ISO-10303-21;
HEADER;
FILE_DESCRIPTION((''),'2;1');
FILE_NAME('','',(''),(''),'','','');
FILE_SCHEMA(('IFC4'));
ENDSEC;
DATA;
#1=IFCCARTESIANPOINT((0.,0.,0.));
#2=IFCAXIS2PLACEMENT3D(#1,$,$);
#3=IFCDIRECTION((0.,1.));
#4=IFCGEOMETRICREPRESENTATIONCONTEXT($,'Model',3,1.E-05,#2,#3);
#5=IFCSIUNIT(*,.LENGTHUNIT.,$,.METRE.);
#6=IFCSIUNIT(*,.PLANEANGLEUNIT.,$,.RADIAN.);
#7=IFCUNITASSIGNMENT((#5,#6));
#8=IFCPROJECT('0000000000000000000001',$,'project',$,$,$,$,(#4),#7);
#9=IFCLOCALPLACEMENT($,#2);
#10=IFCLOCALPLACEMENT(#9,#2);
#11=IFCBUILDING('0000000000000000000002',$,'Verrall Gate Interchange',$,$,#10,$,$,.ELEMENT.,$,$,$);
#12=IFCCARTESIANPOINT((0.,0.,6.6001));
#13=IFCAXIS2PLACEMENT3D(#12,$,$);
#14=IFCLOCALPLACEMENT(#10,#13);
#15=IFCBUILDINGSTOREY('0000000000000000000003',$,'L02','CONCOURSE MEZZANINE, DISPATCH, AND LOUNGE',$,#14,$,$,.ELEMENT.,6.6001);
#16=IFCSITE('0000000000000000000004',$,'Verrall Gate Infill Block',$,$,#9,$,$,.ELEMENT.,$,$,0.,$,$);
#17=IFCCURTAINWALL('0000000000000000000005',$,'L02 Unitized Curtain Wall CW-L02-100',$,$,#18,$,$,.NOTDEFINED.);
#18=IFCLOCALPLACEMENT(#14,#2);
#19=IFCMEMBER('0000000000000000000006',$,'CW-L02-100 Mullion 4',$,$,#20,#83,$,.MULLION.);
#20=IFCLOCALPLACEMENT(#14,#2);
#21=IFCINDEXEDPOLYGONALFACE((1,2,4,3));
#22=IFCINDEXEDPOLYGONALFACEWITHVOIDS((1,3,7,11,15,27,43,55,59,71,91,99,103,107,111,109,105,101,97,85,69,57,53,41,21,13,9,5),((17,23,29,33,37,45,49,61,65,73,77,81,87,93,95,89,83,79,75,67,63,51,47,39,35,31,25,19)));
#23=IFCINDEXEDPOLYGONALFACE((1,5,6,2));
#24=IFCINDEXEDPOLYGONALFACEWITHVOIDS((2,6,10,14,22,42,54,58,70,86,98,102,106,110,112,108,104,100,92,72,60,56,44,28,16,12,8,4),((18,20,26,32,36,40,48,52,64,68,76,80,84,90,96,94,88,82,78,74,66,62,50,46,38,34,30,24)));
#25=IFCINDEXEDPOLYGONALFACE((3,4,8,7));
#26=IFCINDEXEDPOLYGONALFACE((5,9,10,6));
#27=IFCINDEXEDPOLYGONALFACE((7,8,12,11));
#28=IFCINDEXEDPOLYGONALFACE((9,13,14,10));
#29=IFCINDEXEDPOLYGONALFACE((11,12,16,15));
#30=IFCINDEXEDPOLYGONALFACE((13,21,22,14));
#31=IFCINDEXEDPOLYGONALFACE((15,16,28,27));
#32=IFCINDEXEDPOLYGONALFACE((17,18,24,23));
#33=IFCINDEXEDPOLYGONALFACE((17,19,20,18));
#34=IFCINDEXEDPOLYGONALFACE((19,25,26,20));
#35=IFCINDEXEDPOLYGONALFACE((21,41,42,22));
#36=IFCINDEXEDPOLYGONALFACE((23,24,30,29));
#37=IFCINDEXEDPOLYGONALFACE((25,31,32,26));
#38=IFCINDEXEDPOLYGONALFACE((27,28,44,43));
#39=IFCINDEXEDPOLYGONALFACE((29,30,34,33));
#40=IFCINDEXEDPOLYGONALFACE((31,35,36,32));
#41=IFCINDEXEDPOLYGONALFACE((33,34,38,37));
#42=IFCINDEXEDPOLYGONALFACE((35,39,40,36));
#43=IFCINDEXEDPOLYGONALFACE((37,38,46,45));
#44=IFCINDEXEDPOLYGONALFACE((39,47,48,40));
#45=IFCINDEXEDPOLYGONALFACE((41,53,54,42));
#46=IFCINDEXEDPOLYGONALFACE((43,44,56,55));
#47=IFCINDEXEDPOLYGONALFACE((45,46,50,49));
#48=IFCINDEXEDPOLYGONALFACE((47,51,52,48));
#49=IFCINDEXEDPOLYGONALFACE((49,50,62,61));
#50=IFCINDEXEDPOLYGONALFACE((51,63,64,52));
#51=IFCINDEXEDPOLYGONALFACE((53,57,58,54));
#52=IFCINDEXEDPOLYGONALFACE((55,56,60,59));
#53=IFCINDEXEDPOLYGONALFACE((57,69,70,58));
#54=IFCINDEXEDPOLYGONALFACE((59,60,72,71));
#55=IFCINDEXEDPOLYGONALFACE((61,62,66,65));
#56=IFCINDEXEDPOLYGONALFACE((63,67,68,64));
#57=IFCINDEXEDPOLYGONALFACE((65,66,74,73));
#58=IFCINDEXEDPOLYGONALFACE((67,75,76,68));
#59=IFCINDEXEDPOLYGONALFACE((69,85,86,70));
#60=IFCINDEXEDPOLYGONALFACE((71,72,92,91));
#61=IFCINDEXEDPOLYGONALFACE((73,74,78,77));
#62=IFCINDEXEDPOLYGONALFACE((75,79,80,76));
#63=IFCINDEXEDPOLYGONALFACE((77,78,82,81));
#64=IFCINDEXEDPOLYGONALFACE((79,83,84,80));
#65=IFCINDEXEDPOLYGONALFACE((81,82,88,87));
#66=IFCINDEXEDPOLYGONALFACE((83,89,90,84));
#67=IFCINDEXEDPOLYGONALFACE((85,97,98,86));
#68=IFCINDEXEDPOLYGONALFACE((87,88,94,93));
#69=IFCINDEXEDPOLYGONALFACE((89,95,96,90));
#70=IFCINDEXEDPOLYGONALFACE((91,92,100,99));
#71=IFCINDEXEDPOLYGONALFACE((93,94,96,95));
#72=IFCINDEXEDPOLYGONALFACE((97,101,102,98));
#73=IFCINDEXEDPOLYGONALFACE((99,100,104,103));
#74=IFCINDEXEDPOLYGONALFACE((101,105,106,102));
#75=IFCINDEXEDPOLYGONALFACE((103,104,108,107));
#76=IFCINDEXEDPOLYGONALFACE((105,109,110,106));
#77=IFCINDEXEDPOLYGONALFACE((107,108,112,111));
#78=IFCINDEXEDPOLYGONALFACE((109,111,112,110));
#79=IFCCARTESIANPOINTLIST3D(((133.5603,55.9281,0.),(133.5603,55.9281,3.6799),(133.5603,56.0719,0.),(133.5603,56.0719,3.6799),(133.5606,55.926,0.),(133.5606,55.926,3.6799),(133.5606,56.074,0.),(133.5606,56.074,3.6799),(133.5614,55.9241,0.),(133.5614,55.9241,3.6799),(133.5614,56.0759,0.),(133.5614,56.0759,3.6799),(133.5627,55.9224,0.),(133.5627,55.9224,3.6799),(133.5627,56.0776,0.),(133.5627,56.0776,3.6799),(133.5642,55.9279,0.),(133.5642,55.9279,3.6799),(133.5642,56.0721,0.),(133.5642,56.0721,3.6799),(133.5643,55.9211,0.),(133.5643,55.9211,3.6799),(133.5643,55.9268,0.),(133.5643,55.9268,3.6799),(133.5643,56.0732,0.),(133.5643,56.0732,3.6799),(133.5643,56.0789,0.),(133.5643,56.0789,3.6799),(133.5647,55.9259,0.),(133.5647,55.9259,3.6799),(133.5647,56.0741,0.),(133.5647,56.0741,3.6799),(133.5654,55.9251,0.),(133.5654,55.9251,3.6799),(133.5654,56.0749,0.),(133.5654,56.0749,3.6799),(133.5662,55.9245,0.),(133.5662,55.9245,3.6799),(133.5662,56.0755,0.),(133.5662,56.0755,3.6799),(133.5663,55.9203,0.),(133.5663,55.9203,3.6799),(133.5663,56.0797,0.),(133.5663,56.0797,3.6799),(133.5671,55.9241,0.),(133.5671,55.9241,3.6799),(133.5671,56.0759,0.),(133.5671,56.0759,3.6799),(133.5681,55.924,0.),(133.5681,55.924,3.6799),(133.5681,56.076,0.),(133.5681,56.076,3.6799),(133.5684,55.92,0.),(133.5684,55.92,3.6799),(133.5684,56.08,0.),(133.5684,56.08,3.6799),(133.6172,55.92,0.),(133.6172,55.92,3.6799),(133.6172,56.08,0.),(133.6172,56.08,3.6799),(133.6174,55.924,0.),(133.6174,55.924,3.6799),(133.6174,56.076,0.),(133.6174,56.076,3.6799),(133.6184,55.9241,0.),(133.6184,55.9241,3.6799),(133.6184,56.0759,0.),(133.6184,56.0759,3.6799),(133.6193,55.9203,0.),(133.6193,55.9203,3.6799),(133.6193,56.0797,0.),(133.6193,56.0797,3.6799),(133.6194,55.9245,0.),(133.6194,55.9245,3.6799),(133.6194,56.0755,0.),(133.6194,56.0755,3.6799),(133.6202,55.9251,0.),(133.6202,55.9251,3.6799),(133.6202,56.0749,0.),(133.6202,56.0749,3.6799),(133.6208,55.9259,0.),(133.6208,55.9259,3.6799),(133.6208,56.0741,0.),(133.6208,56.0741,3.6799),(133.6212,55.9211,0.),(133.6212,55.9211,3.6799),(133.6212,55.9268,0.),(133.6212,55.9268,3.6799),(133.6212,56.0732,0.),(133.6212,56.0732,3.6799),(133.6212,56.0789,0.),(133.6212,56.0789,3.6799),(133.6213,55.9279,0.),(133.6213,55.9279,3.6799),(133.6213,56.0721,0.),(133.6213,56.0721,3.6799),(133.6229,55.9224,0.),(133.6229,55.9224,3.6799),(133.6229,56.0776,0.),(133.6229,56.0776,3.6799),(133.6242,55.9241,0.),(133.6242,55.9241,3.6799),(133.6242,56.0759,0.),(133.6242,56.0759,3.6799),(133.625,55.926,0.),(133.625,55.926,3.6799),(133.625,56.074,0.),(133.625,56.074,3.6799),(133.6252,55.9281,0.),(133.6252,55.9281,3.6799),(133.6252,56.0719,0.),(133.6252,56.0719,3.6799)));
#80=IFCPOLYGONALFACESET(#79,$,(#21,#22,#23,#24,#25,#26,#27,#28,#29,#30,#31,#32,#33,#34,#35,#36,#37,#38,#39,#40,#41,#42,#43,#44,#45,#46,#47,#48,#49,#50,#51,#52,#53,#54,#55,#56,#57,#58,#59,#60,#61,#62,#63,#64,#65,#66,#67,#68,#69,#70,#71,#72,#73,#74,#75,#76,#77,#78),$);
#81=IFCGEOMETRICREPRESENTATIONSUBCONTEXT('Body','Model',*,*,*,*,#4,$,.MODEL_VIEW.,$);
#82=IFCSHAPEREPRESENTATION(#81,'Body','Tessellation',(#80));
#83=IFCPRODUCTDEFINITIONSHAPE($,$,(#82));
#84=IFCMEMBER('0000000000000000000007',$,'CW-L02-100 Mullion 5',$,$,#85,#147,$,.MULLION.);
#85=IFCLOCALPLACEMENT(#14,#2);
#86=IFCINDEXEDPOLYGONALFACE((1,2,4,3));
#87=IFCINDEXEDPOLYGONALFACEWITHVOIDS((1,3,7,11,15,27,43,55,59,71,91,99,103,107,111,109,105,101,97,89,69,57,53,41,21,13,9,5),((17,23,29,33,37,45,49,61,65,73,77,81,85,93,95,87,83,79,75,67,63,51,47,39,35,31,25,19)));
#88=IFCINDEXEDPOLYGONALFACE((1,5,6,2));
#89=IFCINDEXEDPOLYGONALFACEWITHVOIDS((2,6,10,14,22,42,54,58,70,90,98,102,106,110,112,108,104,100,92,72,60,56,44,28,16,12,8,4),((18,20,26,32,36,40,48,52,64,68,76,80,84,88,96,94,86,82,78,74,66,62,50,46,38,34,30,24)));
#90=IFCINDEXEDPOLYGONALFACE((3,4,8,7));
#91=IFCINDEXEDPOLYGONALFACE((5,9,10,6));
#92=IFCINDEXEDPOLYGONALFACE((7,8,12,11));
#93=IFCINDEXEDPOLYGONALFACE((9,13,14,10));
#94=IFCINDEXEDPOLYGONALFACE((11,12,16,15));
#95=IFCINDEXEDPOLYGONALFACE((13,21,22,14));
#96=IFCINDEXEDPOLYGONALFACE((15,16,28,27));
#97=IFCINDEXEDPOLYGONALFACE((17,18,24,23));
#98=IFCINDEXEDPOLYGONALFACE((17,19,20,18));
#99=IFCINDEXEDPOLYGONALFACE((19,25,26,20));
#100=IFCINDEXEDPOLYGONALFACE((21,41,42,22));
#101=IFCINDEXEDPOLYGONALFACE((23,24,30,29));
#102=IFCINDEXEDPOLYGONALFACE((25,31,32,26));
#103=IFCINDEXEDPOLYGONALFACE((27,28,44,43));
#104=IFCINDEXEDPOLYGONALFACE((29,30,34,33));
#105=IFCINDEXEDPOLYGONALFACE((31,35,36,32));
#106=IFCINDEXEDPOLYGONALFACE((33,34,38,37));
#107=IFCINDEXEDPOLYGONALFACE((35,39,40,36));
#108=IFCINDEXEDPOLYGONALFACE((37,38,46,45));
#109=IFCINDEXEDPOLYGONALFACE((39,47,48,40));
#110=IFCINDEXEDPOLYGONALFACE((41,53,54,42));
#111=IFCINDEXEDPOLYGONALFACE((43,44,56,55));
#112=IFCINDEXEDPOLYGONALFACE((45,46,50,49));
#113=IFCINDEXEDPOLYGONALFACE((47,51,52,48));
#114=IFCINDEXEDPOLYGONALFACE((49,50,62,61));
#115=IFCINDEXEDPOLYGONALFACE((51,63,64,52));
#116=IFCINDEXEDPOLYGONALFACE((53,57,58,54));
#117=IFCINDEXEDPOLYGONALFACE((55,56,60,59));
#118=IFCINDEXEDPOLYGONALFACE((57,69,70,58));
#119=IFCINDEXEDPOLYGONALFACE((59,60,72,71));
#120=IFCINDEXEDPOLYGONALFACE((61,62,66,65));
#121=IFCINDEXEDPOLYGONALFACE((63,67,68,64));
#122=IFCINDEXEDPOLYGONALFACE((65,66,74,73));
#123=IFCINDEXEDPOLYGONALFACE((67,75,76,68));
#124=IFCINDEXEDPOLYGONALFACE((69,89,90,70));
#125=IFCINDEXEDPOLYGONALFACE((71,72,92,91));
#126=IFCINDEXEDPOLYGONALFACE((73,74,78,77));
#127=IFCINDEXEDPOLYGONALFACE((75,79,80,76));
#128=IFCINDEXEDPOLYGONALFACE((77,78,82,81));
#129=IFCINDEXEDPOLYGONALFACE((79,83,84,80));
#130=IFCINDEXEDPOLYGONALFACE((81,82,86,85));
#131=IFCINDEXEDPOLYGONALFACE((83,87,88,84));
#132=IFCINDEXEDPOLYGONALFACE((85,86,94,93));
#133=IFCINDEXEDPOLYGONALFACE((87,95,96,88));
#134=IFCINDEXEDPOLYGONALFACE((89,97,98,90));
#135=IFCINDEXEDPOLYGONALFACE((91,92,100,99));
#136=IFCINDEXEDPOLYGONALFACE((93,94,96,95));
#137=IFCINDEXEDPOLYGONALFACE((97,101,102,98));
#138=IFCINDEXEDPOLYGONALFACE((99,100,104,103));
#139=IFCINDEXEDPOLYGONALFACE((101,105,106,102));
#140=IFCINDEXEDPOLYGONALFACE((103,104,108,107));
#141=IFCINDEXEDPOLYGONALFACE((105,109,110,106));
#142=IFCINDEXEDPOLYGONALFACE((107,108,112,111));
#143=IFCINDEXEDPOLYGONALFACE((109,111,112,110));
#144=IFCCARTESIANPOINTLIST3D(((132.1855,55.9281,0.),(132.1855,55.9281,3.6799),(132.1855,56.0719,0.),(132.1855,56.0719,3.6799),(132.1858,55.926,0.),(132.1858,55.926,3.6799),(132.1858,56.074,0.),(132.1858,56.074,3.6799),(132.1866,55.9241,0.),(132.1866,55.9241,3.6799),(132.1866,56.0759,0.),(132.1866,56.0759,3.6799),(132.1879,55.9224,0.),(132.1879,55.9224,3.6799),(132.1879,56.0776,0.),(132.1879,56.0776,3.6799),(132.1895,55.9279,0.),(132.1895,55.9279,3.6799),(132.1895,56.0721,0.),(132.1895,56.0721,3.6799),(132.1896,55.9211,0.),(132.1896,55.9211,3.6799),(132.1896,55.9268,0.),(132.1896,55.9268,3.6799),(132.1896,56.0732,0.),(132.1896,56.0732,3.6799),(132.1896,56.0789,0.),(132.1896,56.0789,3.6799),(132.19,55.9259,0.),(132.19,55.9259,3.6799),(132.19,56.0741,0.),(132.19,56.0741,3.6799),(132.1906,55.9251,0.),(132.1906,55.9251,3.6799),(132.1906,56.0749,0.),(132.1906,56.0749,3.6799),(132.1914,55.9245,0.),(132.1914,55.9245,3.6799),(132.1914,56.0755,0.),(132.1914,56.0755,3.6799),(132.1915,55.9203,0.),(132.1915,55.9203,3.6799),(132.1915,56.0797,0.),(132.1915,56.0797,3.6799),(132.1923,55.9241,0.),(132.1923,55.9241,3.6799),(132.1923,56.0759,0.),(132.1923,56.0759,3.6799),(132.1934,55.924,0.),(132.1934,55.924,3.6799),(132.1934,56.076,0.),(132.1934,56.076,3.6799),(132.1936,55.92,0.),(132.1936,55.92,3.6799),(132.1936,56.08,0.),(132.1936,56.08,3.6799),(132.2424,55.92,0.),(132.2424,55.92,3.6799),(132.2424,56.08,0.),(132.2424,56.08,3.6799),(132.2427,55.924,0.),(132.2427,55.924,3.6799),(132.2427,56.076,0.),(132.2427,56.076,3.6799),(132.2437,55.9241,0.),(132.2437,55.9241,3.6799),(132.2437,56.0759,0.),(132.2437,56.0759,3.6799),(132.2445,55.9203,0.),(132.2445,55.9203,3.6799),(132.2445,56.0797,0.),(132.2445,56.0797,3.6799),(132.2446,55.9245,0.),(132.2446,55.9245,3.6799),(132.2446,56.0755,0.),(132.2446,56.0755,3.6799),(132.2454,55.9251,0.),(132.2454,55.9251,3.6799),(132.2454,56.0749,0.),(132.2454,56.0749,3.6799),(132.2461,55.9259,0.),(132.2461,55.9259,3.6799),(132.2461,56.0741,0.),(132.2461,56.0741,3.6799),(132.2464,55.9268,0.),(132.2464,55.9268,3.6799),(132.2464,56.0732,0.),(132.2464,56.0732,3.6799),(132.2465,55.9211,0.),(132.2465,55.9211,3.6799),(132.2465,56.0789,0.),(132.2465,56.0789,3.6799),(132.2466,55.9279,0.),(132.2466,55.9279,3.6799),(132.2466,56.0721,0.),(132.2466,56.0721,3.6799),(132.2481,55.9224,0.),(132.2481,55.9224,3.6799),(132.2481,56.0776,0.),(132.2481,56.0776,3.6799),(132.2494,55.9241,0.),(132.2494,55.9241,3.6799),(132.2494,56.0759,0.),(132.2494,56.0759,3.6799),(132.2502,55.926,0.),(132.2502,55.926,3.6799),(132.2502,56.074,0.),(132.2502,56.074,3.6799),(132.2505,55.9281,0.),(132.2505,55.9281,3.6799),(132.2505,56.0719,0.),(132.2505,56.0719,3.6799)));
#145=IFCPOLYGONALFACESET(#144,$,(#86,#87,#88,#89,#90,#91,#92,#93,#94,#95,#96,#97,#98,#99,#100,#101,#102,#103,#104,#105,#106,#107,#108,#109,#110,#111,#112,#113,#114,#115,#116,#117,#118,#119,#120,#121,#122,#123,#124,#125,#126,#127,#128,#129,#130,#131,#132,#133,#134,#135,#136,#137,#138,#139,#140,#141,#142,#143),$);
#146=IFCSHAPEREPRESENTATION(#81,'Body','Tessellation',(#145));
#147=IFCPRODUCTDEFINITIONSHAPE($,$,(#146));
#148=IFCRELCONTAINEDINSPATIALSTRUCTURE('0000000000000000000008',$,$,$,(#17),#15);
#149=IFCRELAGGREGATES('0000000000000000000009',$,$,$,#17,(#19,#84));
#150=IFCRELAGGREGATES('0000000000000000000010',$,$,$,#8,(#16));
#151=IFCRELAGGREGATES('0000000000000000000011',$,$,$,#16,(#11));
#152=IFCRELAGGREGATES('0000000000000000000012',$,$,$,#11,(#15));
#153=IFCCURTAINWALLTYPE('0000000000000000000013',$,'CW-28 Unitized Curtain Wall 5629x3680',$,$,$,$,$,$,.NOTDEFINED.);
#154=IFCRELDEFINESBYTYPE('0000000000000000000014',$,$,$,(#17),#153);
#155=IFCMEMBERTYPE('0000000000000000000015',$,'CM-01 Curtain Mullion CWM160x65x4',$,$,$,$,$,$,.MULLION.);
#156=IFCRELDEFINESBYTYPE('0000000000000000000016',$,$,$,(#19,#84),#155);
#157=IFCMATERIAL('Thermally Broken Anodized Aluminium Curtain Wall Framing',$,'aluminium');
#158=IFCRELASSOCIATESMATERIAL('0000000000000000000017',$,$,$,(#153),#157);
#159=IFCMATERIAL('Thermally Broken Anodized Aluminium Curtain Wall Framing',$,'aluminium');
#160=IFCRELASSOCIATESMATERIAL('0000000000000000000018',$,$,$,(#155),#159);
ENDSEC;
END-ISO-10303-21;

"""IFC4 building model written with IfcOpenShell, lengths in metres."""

from ifc_helpers import new_model, si_unit, direction, frame, origin, origin_2d, place, context, subcontext, project, spatial, hollow_rectangle, extrude, material, material_profile, profile_set, type_object, element, aggregate, save


model = new_model("IFC4")

# Units and contexts
model_context = context("Model", 3, precision=1e-05, world=origin(), true_north=direction((0.0, 1.0)))
body_context = subcontext(model_context, "Body", "Model", "MODEL_VIEW")
ifc_project = project(units=[si_unit("LENGTHUNIT", "METRE"), si_unit("PLANEANGLEUNIT", "RADIAN")], contexts=[model_context])

# Site, building, storey
site_placement = place(None, origin())
site = spatial("IfcSite", under=ifc_project, at=site_placement, Name="Verrall Gate Infill Block", CompositionType="ELEMENT", RefElevation=0.0)
building_placement = place(site_placement, origin())
building = spatial("IfcBuilding", under=site, at=building_placement, Name="Verrall Gate Interchange", CompositionType="ELEMENT")
storey_placement = place(building_placement, frame((0.0, 0.0, 6.6001)))
storey = spatial("IfcBuildingStorey", under=building, at=storey_placement, Name="L02", Description="CONCOURSE MEZZANINE, DISPATCH, AND LOUNGE", CompositionType="ELEMENT", Elevation=6.6001)

# Curtain wall, members
ifc_material_1 = material(Name="Thermally Broken Anodized Aluminium Curtain Wall Framing", Category="aluminium")
curtain_wall_type = type_object("IfcCurtainWallType", Name="CW-28 Unitized Curtain Wall 5629x3680", PredefinedType="NOTDEFINED", material=ifc_material_1)
curtain_wall_1_placement = place(storey_placement, origin())
curtain_wall_1 = element("IfcCurtainWall", 1, at=curtain_wall_1_placement, inside=storey, type_object=curtain_wall_type, Name="L02 Unitized Curtain Wall CW-L02-100", PredefinedType="NOTDEFINED")
ifc_material_2 = material(Name="Thermally Broken Anodized Aluminium Curtain Wall Framing", Category="aluminium")
ifc_material_profile_1 = material_profile(ifc_material_2, hollow_rectangle(XDim=0.0649, YDim=0.1599, WallThickness=0.0039, InnerFilletRadius=0.0039, OuterFilletRadius=0.0081, at=origin_2d()), Name="CWM160x65x4")
ifc_profile_set_1 = profile_set([ifc_material_profile_1], Name="Thermally Broken Anodized Aluminium Curtain Wall Framing")
member_type_1 = type_object("IfcMemberType", Name="CM-01 Curtain Mullion CWM160x65x4", PredefinedType="MULLION", material=ifc_profile_set_1)
member_1_placement = place(storey_placement, frame((133.5928, 56.0, 0.0), z_axis=(0.0, 0.0, 1.0), x_axis=(-1.0, 0.0, 0.0)))
member_1 = element("IfcMember", 2, at=member_1_placement, type_object=member_type_1, Name="CW-L02-100 Mullion 4", PredefinedType="MULLION", context=body_context, shape_type="SweptSolid", body=[
    extrude(hollow_rectangle(XDim=0.0649, YDim=0.1599, WallThickness=0.0039, InnerFilletRadius=0.0039, OuterFilletRadius=0.0081, at=origin_2d()), origin(), (0.0, 0.0, 1.0), 3.6799),
])
member_2_placement = place(storey_placement, frame((132.218, 56.0, 0.0), z_axis=(0.0, 0.0, 1.0), x_axis=(-1.0, 0.0, 0.0)))
member_2 = element("IfcMember", 3, at=member_2_placement, type_object=member_type_1, Name="CW-L02-100 Mullion 5", PredefinedType="MULLION", context=body_context, shape_type="SweptSolid", body=[
    extrude(hollow_rectangle(XDim=0.0649, YDim=0.1599, WallThickness=0.0039, InnerFilletRadius=0.0039, OuterFilletRadius=0.0081, at=origin_2d()), origin(), (0.0, 0.0, 1.0), 3.6799),
])

aggregate(curtain_wall_1, [member_1, member_2])

save(model, "model.ifc")
